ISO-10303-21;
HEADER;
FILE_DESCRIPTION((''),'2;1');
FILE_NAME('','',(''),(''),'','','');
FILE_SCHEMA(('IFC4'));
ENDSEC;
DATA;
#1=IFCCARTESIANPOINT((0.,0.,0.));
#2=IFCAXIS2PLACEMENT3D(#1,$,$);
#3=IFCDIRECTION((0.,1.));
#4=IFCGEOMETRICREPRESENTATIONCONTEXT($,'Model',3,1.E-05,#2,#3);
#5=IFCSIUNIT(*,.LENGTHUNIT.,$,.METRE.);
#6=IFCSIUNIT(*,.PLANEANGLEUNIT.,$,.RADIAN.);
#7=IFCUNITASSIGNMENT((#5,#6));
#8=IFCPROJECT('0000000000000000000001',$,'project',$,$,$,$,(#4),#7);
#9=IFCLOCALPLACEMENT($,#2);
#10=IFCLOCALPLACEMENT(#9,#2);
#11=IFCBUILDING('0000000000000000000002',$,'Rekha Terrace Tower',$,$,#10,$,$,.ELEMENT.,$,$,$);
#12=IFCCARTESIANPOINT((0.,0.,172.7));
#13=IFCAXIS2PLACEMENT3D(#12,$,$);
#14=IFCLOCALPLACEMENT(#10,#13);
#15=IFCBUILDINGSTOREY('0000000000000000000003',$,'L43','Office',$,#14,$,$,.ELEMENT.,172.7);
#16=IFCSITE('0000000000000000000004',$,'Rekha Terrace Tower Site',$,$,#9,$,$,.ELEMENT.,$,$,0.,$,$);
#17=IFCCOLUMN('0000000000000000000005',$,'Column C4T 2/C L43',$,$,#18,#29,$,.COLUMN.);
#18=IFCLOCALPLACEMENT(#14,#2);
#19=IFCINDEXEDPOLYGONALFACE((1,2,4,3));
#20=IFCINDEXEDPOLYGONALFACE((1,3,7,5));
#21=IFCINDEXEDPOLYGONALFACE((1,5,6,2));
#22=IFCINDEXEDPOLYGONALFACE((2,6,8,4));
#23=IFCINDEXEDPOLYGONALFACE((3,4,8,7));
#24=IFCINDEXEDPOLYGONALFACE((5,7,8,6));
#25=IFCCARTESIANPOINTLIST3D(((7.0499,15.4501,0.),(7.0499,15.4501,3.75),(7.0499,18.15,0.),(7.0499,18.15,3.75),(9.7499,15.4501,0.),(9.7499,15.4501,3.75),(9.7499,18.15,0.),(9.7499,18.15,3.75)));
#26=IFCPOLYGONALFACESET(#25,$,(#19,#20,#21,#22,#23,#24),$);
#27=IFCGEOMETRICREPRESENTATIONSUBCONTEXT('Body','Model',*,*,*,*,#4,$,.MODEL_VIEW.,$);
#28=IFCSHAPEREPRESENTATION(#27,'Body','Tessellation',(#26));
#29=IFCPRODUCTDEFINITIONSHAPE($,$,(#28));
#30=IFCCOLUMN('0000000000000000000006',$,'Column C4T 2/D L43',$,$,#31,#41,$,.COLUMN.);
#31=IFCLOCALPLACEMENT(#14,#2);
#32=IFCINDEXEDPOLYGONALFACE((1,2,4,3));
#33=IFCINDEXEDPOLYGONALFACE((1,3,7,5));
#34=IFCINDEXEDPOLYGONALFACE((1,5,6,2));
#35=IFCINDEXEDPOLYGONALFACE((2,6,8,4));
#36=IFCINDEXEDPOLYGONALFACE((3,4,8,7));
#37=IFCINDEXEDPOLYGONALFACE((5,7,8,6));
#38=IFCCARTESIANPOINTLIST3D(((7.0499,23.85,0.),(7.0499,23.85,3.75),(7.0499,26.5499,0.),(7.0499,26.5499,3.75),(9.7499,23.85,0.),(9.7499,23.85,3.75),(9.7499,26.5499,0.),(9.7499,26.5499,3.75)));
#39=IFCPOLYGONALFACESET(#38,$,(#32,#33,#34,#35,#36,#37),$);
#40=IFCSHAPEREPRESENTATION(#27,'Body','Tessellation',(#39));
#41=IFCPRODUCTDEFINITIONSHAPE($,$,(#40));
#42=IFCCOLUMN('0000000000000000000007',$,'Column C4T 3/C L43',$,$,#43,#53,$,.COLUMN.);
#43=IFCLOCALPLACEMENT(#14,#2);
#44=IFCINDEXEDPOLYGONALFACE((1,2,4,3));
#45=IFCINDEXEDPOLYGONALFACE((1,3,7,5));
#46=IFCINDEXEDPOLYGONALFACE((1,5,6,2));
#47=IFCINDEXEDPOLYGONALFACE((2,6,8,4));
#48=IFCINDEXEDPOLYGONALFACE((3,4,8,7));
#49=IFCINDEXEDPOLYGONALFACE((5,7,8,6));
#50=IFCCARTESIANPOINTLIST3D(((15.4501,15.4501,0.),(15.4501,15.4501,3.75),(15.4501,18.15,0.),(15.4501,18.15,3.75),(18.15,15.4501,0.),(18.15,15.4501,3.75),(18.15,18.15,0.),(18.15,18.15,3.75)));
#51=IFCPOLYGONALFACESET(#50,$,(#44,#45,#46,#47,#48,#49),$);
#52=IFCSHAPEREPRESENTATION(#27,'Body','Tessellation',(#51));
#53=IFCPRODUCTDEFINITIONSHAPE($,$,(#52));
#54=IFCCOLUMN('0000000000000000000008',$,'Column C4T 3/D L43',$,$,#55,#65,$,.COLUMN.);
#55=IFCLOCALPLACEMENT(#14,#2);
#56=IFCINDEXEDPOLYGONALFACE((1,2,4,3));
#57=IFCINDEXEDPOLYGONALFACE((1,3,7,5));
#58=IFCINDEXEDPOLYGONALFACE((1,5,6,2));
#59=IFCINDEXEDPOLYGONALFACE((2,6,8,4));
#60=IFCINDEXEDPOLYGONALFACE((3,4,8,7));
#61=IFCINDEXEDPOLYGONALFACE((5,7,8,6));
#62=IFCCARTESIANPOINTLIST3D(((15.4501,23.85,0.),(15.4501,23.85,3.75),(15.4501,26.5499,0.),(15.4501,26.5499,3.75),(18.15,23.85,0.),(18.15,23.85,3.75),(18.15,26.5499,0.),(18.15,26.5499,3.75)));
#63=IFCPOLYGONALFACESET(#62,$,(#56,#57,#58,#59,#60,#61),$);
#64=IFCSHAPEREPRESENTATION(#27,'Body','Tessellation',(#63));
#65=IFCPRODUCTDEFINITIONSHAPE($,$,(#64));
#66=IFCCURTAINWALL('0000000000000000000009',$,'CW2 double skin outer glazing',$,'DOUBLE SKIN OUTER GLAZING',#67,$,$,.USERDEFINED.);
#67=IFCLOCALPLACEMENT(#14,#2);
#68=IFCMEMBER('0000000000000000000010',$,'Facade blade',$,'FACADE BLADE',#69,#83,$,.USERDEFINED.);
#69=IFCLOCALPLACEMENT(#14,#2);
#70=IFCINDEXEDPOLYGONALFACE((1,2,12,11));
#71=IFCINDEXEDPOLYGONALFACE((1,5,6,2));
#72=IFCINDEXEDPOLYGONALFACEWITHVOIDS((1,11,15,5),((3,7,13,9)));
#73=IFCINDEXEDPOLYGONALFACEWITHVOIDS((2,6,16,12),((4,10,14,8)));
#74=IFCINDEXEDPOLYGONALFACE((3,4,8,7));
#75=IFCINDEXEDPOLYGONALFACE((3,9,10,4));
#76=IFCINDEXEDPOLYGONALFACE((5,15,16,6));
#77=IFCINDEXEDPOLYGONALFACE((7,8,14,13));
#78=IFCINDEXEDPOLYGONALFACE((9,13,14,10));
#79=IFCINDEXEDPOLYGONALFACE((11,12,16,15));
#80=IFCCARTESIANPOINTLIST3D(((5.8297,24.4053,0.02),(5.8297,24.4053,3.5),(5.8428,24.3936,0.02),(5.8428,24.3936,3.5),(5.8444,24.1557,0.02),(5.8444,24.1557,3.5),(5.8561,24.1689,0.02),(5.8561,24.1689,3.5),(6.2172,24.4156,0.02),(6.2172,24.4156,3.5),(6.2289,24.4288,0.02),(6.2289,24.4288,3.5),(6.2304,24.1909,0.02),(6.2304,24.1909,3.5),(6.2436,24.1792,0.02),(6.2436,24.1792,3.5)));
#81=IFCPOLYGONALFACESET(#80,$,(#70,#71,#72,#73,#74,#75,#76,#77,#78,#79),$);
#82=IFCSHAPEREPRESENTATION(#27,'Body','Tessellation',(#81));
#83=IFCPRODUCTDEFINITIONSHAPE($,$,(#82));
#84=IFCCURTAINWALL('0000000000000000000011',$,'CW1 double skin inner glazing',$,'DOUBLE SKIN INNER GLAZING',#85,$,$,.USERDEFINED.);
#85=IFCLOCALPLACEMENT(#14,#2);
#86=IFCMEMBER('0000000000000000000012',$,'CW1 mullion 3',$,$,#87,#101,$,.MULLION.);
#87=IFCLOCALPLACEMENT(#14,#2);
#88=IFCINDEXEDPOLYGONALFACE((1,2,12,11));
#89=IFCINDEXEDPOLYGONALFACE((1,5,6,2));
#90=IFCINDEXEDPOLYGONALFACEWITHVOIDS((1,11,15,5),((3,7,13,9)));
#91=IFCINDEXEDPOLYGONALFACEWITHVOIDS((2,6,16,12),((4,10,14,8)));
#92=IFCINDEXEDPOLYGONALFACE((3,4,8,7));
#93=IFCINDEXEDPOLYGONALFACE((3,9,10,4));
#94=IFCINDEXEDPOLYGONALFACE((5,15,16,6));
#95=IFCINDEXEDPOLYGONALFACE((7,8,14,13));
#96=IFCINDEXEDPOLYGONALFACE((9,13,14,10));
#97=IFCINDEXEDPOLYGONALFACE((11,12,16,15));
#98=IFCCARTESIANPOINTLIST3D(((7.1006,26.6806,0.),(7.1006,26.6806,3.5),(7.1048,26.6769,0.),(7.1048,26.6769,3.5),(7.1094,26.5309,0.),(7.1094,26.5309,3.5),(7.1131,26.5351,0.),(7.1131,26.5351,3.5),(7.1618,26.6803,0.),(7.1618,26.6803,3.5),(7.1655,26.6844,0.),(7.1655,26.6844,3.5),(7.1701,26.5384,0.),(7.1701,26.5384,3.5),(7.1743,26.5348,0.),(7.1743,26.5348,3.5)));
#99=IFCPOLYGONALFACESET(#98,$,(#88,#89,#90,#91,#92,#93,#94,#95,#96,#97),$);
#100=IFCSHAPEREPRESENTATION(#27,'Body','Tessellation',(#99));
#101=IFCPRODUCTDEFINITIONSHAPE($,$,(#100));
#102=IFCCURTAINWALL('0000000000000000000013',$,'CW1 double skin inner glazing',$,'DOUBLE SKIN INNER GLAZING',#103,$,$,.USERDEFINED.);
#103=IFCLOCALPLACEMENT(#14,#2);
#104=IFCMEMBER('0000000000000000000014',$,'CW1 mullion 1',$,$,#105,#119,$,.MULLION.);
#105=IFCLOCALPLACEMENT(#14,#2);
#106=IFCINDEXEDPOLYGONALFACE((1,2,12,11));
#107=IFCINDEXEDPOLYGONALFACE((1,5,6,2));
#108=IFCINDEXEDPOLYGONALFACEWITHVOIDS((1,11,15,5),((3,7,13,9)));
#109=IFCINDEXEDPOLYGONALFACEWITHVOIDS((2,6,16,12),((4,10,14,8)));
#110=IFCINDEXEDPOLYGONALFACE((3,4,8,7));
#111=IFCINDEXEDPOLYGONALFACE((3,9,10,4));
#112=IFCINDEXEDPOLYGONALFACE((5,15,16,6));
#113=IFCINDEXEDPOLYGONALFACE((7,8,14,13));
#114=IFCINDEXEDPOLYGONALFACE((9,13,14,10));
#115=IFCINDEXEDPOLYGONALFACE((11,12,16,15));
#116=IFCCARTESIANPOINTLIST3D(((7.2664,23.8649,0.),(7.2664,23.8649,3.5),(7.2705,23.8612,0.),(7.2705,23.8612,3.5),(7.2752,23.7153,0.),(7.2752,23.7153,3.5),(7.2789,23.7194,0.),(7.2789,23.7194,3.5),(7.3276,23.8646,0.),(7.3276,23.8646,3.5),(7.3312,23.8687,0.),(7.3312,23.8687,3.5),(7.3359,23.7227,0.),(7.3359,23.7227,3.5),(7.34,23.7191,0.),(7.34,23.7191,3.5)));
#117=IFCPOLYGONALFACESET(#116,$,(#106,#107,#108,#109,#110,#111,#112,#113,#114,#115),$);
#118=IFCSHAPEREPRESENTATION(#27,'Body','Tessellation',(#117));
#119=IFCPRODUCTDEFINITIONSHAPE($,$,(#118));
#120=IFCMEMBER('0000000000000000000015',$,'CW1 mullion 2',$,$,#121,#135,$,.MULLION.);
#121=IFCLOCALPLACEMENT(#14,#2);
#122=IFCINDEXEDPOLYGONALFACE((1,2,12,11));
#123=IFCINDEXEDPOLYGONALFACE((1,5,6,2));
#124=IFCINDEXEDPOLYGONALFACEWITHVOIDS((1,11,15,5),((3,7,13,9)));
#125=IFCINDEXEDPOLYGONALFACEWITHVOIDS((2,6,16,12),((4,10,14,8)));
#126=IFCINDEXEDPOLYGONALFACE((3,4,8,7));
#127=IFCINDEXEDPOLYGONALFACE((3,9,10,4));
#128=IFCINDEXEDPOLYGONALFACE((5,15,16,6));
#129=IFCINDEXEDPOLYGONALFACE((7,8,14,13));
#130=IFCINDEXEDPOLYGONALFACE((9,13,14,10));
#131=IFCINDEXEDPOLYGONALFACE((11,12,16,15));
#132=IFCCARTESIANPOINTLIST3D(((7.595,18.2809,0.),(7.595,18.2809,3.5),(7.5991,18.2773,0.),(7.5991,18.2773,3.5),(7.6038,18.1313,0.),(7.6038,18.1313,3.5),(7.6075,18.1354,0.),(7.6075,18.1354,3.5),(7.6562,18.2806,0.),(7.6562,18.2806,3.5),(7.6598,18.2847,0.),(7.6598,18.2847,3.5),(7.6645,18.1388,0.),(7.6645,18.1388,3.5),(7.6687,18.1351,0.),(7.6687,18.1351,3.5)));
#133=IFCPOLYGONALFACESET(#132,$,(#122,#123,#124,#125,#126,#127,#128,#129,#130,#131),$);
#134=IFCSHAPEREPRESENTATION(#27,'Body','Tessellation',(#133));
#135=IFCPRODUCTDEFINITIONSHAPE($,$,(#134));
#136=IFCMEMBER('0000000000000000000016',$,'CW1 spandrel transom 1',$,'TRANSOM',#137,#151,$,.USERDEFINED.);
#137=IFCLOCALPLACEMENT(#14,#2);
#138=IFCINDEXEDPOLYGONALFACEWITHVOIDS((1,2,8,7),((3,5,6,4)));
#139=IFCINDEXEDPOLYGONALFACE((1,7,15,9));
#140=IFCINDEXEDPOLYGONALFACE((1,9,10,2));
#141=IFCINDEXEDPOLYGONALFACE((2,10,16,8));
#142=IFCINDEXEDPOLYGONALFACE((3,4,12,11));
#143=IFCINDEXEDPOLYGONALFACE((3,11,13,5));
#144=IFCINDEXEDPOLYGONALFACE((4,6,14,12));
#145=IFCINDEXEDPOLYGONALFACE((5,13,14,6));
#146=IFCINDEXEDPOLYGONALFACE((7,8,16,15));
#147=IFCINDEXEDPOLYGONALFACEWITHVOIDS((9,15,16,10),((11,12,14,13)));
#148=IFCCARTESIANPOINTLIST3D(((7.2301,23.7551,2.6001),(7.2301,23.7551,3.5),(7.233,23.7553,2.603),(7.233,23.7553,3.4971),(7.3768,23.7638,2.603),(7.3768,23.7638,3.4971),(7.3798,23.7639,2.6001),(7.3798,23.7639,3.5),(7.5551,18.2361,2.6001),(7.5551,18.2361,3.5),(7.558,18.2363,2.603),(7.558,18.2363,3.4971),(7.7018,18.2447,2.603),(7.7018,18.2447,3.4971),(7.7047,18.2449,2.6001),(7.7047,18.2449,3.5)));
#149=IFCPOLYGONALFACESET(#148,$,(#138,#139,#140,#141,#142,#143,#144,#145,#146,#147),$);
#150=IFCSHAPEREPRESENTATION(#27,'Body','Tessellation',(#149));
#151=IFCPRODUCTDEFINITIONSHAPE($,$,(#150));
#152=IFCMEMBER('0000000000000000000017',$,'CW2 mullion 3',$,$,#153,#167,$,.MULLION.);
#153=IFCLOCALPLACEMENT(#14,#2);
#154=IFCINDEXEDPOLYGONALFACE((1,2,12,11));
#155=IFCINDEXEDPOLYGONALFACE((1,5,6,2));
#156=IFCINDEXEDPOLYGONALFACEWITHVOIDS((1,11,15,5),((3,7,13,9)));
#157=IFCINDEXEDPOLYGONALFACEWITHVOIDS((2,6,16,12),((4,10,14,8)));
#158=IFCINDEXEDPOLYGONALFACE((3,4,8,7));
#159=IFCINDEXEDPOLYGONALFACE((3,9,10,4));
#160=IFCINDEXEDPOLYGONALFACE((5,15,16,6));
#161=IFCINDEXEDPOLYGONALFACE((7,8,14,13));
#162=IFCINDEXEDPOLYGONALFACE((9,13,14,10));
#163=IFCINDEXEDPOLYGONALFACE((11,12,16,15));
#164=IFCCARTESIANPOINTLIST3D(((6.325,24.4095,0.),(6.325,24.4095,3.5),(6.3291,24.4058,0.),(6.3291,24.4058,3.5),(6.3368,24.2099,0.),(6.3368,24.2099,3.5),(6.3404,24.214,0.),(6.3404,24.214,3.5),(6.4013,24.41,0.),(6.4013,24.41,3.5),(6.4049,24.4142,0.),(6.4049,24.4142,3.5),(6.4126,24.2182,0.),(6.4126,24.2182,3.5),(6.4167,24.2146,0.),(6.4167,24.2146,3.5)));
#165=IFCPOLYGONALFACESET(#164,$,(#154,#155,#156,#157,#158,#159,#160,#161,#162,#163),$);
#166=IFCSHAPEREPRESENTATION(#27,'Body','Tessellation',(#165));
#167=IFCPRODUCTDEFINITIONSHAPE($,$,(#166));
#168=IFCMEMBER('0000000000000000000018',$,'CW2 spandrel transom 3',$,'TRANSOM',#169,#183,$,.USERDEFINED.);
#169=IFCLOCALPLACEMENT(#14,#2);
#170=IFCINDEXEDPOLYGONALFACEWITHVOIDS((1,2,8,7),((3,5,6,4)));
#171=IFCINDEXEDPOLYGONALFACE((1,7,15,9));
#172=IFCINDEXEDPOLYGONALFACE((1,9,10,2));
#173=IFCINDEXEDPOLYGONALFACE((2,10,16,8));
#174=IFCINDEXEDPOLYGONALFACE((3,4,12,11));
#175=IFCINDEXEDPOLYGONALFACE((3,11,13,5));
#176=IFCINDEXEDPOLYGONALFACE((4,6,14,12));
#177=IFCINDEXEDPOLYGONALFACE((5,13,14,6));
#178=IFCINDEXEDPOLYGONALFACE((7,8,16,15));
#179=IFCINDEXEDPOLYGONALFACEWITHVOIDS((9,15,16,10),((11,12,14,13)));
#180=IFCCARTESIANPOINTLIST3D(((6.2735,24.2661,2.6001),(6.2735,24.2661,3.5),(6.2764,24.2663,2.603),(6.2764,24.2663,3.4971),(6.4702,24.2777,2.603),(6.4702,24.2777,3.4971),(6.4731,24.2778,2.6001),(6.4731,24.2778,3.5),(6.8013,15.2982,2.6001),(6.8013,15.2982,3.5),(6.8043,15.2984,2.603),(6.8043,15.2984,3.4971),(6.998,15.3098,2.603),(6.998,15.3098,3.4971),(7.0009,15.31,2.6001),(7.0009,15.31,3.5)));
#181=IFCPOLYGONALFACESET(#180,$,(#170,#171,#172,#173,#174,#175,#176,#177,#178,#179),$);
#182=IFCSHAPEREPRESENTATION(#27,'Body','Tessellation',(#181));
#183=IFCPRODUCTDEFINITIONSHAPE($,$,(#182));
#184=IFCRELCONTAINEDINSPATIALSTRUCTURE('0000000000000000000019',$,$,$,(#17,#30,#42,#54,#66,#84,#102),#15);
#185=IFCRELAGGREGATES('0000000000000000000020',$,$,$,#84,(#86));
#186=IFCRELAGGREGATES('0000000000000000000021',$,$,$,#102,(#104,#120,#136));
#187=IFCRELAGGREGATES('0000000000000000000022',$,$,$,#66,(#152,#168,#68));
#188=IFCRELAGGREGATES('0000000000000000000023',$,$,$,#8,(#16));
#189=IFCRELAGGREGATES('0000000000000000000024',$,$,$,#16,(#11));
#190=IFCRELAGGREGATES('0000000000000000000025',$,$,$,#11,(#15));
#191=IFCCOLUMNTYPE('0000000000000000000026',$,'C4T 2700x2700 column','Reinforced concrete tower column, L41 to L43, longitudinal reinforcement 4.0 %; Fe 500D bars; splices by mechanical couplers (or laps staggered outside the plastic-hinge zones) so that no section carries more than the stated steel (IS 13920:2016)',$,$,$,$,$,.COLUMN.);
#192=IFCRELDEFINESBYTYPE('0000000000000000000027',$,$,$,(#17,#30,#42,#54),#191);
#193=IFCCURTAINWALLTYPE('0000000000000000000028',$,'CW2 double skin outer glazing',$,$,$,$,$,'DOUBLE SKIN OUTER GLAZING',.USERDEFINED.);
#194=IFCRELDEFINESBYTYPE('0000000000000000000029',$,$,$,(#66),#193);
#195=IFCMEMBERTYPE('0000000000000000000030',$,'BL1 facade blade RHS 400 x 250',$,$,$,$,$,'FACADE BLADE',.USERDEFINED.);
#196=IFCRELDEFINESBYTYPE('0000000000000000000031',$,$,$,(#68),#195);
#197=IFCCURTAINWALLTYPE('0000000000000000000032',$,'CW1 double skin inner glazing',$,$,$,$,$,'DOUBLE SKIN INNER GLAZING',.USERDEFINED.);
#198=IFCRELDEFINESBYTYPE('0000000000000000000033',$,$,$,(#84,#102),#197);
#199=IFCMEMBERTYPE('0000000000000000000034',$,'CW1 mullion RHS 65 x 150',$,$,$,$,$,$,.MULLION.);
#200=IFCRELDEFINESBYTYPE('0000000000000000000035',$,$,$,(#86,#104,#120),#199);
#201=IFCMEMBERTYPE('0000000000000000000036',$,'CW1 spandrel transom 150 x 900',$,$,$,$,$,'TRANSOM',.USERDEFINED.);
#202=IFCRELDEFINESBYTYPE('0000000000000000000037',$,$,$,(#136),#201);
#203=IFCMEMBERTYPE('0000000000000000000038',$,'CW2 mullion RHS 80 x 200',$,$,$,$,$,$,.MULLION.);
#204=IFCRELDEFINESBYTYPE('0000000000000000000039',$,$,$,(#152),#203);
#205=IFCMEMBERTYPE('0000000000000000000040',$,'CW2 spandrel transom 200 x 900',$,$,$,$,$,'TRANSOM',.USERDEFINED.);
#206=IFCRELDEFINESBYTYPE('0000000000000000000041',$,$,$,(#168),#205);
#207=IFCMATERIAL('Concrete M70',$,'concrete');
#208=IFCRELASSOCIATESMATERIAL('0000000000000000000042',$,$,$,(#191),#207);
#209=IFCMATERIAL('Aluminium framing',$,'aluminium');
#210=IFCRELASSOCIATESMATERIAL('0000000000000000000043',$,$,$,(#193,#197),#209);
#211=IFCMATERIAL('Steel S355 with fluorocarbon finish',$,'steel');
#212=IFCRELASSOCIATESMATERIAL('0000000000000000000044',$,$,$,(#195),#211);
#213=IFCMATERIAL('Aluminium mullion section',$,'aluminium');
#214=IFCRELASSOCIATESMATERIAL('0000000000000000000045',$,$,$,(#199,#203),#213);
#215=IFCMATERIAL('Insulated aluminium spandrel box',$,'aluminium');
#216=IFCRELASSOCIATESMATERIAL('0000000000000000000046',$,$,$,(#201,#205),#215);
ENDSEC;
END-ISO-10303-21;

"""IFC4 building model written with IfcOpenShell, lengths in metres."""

from ifc_helpers import new_model, si_unit, direction, frame, origin, origin_2d, place, context, subcontext, project, spatial, rectangle, hollow_rectangle, extrude, material, material_profile, profile_set, type_object, element, aggregate, save


model = new_model("IFC4")

# Units and contexts
model_context = context("Model", 3, precision=1e-05, world=origin(), true_north=direction((0.0, 1.0)))
body_context = subcontext(model_context, "Body", "Model", "MODEL_VIEW")
ifc_project = project(units=[si_unit("LENGTHUNIT", "METRE"), si_unit("PLANEANGLEUNIT", "RADIAN")], contexts=[model_context])

# Site, building, storey
site_placement = place(None, origin())
site = spatial("IfcSite", under=ifc_project, at=site_placement, Name="Rekha Terrace Tower Site", CompositionType="ELEMENT", RefElevation=0.0)
building_placement = place(site_placement, origin())
building = spatial("IfcBuilding", under=site, at=building_placement, Name="Rekha Terrace Tower", CompositionType="ELEMENT")
storey_placement = place(building_placement, frame((0.0, 0.0, 172.7)))
storey = spatial("IfcBuildingStorey", under=building, at=storey_placement, Name="L43", Description="Office", CompositionType="ELEMENT", Elevation=172.7)

# Columns
ifc_material_1 = material(Name="Concrete M70", Category="concrete")
ifc_material_profile_1 = material_profile(ifc_material_1, rectangle(XDim=2.7, YDim=2.7, at=origin_2d()), Name="RC 2700x2700")
ifc_profile_set_1 = profile_set([ifc_material_profile_1], Name="Concrete M70")
column_type = type_object("IfcColumnType", Name="C4T 2700x2700 column", Description="Reinforced concrete tower column, L41 to L43, longitudinal reinforcement 4.0 %; Fe 500D bars; splices by mechanical couplers (or laps staggered outside the plastic-hinge zones) so that no section carries more than the stated steel (IS 13920:2016)", PredefinedType="COLUMN", material=ifc_profile_set_1)
for number, where, z_axis, x_axis, name in (
    (1, (8.3999, 16.8, 0.0), (0.0, 0.0, 1.0), (1.0, 0.0, 0.0), "Column C4T 2/C L43"),
    (2, (8.3999, 25.2, 0.0), (0.0, 0.0, 1.0), (1.0, 0.0, 0.0), "Column C4T 2/D L43"),
    (3, (16.8, 16.8, 0.0), (0.0, 0.0, 1.0), (1.0, 0.0, 0.0), "Column C4T 3/C L43"),
    (4, (16.8, 25.2, 0.0), (0.0, 0.0, 1.0), (1.0, 0.0, 0.0), "Column C4T 3/D L43"),
):
    element("IfcColumn", number, at=place(storey_placement, frame(where, z_axis=z_axis, x_axis=x_axis)), inside=storey, type_object=column_type, Name=name, PredefinedType="COLUMN", context=body_context, shape_type="SweptSolid", body=[
        extrude(rectangle(XDim=2.7, YDim=2.7, at=origin_2d()), origin(), (0.0, 0.0, 1.0), 3.75),
    ])

# Curtain walls, members
ifc_material_2 = material(Name="Aluminium framing", Category="aluminium")
curtain_wall_type_1 = type_object("IfcCurtainWallType", Name="CW2 double skin outer glazing", ElementType="DOUBLE SKIN OUTER GLAZING", PredefinedType="USERDEFINED", material=ifc_material_2)
curtain_wall_1_placement = place(storey_placement, origin())
curtain_wall_1 = element("IfcCurtainWall", 5, at=curtain_wall_1_placement, inside=storey, type_object=curtain_wall_type_1, Name="CW2 double skin outer glazing", ObjectType="DOUBLE SKIN OUTER GLAZING", PredefinedType="USERDEFINED")
ifc_material_3 = material(Name="Steel S355 with fluorocarbon finish", Category="steel")
ifc_material_profile_2 = material_profile(ifc_material_3, hollow_rectangle(XDim=0.25, YDim=0.3999, WallThickness=0.0125, at=origin_2d()), Name="RHS400x250x12.5")
ifc_profile_set_2 = profile_set([ifc_material_profile_2], Name="Steel S355 with fluorocarbon finish")
member_type_1 = type_object("IfcMemberType", Name="BL1 facade blade RHS 400 x 250", ElementType="FACADE BLADE", PredefinedType="USERDEFINED", material=ifc_profile_set_2)
member_1_placement = place(storey_placement, frame((6.0366, 24.2922, 0.02), z_axis=(0.0, 0.0, 1.0), x_axis=(0.058765, -0.998272, 0.0)))
member_1 = element("IfcMember", 6, at=member_1_placement, type_object=member_type_1, Name="Facade blade", ObjectType="FACADE BLADE", PredefinedType="USERDEFINED", context=body_context, shape_type="SweptSolid", body=[
    extrude(hollow_rectangle(XDim=0.25, YDim=0.3999, WallThickness=0.0125, at=origin_2d()), origin(), (0.0, 0.0, 1.0), 3.48),
])
curtain_wall_type_2 = type_object("IfcCurtainWallType", Name="CW1 double skin inner glazing", ElementType="DOUBLE SKIN INNER GLAZING", PredefinedType="USERDEFINED", material=ifc_material_2)
curtain_wall_2_placement = place(storey_placement, origin())
curtain_wall_2 = element("IfcCurtainWall", 7, at=curtain_wall_2_placement, inside=storey, type_object=curtain_wall_type_2, Name="CW1 double skin inner glazing", ObjectType="DOUBLE SKIN INNER GLAZING", PredefinedType="USERDEFINED")
ifc_material_4 = material(Name="Aluminium mullion section", Category="aluminium")
ifc_material_profile_3 = material_profile(ifc_material_4, hollow_rectangle(XDim=0.0649, YDim=0.1499, WallThickness=0.0039, at=origin_2d()), Name="AL RHS 65x150")
ifc_profile_set_3 = profile_set([ifc_material_profile_3], Name="Aluminium mullion section")
member_type_2 = type_object("IfcMemberType", Name="CW1 mullion RHS 65 x 150", PredefinedType="MULLION", material=ifc_profile_set_3)
member_2_placement = place(storey_placement, frame((7.1375, 26.6077, 0.0), z_axis=(0.0, 0.0, 1.0), x_axis=(0.998272, 0.058765, 0.0)))
member_2 = element("IfcMember", 8, at=member_2_placement, type_object=member_type_2, Name="CW1 mullion 3", PredefinedType="MULLION", context=body_context, shape_type="SweptSolid", body=[
    extrude(hollow_rectangle(XDim=0.0649, YDim=0.1499, WallThickness=0.0039, at=origin_2d()), origin(), (0.0, 0.0, 1.0), 3.5),
])
aggregate(curtain_wall_2, [member_2])

# Curtain wall, members
curtain_wall_3_placement = place(storey_placement, origin())
curtain_wall_3 = element("IfcCurtainWall", 9, at=curtain_wall_3_placement, inside=storey, type_object=curtain_wall_type_2, Name="CW1 double skin inner glazing", ObjectType="DOUBLE SKIN INNER GLAZING", PredefinedType="USERDEFINED")
member_3_placement = place(storey_placement, frame((7.3032, 23.792, 0.0), z_axis=(0.0, 0.0, 1.0), x_axis=(0.998272, 0.058765, 0.0)))
member_3 = element("IfcMember", 10, at=member_3_placement, type_object=member_type_2, Name="CW1 mullion 1", PredefinedType="MULLION", context=body_context, shape_type="SweptSolid", body=[
    extrude(hollow_rectangle(XDim=0.0649, YDim=0.1499, WallThickness=0.0039, at=origin_2d()), origin(), (0.0, 0.0, 1.0), 3.5),
])
member_4_placement = place(storey_placement, frame((7.6318, 18.208, 0.0), z_axis=(0.0, 0.0, 1.0), x_axis=(0.998272, 0.058765, 0.0)))
member_4 = element("IfcMember", 11, at=member_4_placement, type_object=member_type_2, Name="CW1 mullion 2", PredefinedType="MULLION", context=body_context, shape_type="SweptSolid", body=[
    extrude(hollow_rectangle(XDim=0.0649, YDim=0.1499, WallThickness=0.0039, at=origin_2d()), origin(), (0.0, 0.0, 1.0), 3.5),
])
ifc_material_5 = material(Name="Insulated aluminium spandrel box", Category="aluminium")
ifc_material_profile_4 = material_profile(ifc_material_5, hollow_rectangle(XDim=0.1499, YDim=0.8999, WallThickness=0.0029, at=origin_2d()), Name="AL SPANDREL BOX 150x900")
ifc_profile_set_4 = profile_set([ifc_material_profile_4], Name="Insulated aluminium spandrel box")
member_type_3 = type_object("IfcMemberType", Name="CW1 spandrel transom 150 x 900", ElementType="TRANSOM", PredefinedType="USERDEFINED", material=ifc_profile_set_4)
member_5_placement = place(storey_placement, frame((7.3049, 23.7595, 3.05), z_axis=(0.058776, -0.998271, 0.0), x_axis=(0.998271, 0.058776, 0.0)))
member_5 = element("IfcMember", 12, at=member_5_placement, type_object=member_type_3, Name="CW1 spandrel transom 1", ObjectType="TRANSOM", PredefinedType="USERDEFINED", context=body_context, shape_type="SweptSolid", body=[
    extrude(hollow_rectangle(XDim=0.1499, YDim=0.8999, WallThickness=0.0029, at=origin_2d()), origin(), (0.0, 0.0, 1.0), 5.5286),
])

# Members
ifc_material_profile_5 = material_profile(ifc_material_4, hollow_rectangle(XDim=0.0801, YDim=0.2, WallThickness=0.0039, at=origin_2d()), Name="AL RHS 80x200")
ifc_profile_set_5 = profile_set([ifc_material_profile_5], Name="Aluminium mullion section")
member_type_4 = type_object("IfcMemberType", Name="CW2 mullion RHS 80 x 200", PredefinedType="MULLION", material=ifc_profile_set_5)
member_6_placement = place(storey_placement, frame((6.3708, 24.312, 0.0), z_axis=(0.0, 0.0, 1.0), x_axis=(0.998272, 0.058765, 0.0)))
member_6 = element("IfcMember", 13, at=member_6_placement, type_object=member_type_4, Name="CW2 mullion 3", PredefinedType="MULLION", context=body_context, shape_type="SweptSolid", body=[
    extrude(hollow_rectangle(XDim=0.0801, YDim=0.2, WallThickness=0.0039, at=origin_2d()), origin(), (0.0, 0.0, 1.0), 3.5),
])
ifc_material_profile_6 = material_profile(ifc_material_5, hollow_rectangle(XDim=0.2, YDim=0.8999, WallThickness=0.0029, at=origin_2d()), Name="AL SPANDREL BOX 200x900")
ifc_profile_set_6 = profile_set([ifc_material_profile_6], Name="Insulated aluminium spandrel box")
member_type_5 = type_object("IfcMemberType", Name="CW2 spandrel transom 200 x 900", ElementType="TRANSOM", PredefinedType="USERDEFINED", material=ifc_profile_set_6)
member_7_placement = place(storey_placement, frame((6.3733, 24.272, 3.05), z_axis=(0.058757, -0.998272, 0.0), x_axis=(0.998272, 0.058757, 0.0)))
member_7 = element("IfcMember", 14, at=member_7_placement, type_object=member_type_5, Name="CW2 spandrel transom 3", ObjectType="TRANSOM", PredefinedType="USERDEFINED", context=body_context, shape_type="SweptSolid", body=[
    extrude(hollow_rectangle(XDim=0.2, YDim=0.8999, WallThickness=0.0029, at=origin_2d()), origin(), (0.0, 0.0, 1.0), 8.9834),
])

aggregate(curtain_wall_3, [member_3, member_4, member_5])
aggregate(curtain_wall_1, [member_6, member_7, member_1])

save(model, "model.ifc")
